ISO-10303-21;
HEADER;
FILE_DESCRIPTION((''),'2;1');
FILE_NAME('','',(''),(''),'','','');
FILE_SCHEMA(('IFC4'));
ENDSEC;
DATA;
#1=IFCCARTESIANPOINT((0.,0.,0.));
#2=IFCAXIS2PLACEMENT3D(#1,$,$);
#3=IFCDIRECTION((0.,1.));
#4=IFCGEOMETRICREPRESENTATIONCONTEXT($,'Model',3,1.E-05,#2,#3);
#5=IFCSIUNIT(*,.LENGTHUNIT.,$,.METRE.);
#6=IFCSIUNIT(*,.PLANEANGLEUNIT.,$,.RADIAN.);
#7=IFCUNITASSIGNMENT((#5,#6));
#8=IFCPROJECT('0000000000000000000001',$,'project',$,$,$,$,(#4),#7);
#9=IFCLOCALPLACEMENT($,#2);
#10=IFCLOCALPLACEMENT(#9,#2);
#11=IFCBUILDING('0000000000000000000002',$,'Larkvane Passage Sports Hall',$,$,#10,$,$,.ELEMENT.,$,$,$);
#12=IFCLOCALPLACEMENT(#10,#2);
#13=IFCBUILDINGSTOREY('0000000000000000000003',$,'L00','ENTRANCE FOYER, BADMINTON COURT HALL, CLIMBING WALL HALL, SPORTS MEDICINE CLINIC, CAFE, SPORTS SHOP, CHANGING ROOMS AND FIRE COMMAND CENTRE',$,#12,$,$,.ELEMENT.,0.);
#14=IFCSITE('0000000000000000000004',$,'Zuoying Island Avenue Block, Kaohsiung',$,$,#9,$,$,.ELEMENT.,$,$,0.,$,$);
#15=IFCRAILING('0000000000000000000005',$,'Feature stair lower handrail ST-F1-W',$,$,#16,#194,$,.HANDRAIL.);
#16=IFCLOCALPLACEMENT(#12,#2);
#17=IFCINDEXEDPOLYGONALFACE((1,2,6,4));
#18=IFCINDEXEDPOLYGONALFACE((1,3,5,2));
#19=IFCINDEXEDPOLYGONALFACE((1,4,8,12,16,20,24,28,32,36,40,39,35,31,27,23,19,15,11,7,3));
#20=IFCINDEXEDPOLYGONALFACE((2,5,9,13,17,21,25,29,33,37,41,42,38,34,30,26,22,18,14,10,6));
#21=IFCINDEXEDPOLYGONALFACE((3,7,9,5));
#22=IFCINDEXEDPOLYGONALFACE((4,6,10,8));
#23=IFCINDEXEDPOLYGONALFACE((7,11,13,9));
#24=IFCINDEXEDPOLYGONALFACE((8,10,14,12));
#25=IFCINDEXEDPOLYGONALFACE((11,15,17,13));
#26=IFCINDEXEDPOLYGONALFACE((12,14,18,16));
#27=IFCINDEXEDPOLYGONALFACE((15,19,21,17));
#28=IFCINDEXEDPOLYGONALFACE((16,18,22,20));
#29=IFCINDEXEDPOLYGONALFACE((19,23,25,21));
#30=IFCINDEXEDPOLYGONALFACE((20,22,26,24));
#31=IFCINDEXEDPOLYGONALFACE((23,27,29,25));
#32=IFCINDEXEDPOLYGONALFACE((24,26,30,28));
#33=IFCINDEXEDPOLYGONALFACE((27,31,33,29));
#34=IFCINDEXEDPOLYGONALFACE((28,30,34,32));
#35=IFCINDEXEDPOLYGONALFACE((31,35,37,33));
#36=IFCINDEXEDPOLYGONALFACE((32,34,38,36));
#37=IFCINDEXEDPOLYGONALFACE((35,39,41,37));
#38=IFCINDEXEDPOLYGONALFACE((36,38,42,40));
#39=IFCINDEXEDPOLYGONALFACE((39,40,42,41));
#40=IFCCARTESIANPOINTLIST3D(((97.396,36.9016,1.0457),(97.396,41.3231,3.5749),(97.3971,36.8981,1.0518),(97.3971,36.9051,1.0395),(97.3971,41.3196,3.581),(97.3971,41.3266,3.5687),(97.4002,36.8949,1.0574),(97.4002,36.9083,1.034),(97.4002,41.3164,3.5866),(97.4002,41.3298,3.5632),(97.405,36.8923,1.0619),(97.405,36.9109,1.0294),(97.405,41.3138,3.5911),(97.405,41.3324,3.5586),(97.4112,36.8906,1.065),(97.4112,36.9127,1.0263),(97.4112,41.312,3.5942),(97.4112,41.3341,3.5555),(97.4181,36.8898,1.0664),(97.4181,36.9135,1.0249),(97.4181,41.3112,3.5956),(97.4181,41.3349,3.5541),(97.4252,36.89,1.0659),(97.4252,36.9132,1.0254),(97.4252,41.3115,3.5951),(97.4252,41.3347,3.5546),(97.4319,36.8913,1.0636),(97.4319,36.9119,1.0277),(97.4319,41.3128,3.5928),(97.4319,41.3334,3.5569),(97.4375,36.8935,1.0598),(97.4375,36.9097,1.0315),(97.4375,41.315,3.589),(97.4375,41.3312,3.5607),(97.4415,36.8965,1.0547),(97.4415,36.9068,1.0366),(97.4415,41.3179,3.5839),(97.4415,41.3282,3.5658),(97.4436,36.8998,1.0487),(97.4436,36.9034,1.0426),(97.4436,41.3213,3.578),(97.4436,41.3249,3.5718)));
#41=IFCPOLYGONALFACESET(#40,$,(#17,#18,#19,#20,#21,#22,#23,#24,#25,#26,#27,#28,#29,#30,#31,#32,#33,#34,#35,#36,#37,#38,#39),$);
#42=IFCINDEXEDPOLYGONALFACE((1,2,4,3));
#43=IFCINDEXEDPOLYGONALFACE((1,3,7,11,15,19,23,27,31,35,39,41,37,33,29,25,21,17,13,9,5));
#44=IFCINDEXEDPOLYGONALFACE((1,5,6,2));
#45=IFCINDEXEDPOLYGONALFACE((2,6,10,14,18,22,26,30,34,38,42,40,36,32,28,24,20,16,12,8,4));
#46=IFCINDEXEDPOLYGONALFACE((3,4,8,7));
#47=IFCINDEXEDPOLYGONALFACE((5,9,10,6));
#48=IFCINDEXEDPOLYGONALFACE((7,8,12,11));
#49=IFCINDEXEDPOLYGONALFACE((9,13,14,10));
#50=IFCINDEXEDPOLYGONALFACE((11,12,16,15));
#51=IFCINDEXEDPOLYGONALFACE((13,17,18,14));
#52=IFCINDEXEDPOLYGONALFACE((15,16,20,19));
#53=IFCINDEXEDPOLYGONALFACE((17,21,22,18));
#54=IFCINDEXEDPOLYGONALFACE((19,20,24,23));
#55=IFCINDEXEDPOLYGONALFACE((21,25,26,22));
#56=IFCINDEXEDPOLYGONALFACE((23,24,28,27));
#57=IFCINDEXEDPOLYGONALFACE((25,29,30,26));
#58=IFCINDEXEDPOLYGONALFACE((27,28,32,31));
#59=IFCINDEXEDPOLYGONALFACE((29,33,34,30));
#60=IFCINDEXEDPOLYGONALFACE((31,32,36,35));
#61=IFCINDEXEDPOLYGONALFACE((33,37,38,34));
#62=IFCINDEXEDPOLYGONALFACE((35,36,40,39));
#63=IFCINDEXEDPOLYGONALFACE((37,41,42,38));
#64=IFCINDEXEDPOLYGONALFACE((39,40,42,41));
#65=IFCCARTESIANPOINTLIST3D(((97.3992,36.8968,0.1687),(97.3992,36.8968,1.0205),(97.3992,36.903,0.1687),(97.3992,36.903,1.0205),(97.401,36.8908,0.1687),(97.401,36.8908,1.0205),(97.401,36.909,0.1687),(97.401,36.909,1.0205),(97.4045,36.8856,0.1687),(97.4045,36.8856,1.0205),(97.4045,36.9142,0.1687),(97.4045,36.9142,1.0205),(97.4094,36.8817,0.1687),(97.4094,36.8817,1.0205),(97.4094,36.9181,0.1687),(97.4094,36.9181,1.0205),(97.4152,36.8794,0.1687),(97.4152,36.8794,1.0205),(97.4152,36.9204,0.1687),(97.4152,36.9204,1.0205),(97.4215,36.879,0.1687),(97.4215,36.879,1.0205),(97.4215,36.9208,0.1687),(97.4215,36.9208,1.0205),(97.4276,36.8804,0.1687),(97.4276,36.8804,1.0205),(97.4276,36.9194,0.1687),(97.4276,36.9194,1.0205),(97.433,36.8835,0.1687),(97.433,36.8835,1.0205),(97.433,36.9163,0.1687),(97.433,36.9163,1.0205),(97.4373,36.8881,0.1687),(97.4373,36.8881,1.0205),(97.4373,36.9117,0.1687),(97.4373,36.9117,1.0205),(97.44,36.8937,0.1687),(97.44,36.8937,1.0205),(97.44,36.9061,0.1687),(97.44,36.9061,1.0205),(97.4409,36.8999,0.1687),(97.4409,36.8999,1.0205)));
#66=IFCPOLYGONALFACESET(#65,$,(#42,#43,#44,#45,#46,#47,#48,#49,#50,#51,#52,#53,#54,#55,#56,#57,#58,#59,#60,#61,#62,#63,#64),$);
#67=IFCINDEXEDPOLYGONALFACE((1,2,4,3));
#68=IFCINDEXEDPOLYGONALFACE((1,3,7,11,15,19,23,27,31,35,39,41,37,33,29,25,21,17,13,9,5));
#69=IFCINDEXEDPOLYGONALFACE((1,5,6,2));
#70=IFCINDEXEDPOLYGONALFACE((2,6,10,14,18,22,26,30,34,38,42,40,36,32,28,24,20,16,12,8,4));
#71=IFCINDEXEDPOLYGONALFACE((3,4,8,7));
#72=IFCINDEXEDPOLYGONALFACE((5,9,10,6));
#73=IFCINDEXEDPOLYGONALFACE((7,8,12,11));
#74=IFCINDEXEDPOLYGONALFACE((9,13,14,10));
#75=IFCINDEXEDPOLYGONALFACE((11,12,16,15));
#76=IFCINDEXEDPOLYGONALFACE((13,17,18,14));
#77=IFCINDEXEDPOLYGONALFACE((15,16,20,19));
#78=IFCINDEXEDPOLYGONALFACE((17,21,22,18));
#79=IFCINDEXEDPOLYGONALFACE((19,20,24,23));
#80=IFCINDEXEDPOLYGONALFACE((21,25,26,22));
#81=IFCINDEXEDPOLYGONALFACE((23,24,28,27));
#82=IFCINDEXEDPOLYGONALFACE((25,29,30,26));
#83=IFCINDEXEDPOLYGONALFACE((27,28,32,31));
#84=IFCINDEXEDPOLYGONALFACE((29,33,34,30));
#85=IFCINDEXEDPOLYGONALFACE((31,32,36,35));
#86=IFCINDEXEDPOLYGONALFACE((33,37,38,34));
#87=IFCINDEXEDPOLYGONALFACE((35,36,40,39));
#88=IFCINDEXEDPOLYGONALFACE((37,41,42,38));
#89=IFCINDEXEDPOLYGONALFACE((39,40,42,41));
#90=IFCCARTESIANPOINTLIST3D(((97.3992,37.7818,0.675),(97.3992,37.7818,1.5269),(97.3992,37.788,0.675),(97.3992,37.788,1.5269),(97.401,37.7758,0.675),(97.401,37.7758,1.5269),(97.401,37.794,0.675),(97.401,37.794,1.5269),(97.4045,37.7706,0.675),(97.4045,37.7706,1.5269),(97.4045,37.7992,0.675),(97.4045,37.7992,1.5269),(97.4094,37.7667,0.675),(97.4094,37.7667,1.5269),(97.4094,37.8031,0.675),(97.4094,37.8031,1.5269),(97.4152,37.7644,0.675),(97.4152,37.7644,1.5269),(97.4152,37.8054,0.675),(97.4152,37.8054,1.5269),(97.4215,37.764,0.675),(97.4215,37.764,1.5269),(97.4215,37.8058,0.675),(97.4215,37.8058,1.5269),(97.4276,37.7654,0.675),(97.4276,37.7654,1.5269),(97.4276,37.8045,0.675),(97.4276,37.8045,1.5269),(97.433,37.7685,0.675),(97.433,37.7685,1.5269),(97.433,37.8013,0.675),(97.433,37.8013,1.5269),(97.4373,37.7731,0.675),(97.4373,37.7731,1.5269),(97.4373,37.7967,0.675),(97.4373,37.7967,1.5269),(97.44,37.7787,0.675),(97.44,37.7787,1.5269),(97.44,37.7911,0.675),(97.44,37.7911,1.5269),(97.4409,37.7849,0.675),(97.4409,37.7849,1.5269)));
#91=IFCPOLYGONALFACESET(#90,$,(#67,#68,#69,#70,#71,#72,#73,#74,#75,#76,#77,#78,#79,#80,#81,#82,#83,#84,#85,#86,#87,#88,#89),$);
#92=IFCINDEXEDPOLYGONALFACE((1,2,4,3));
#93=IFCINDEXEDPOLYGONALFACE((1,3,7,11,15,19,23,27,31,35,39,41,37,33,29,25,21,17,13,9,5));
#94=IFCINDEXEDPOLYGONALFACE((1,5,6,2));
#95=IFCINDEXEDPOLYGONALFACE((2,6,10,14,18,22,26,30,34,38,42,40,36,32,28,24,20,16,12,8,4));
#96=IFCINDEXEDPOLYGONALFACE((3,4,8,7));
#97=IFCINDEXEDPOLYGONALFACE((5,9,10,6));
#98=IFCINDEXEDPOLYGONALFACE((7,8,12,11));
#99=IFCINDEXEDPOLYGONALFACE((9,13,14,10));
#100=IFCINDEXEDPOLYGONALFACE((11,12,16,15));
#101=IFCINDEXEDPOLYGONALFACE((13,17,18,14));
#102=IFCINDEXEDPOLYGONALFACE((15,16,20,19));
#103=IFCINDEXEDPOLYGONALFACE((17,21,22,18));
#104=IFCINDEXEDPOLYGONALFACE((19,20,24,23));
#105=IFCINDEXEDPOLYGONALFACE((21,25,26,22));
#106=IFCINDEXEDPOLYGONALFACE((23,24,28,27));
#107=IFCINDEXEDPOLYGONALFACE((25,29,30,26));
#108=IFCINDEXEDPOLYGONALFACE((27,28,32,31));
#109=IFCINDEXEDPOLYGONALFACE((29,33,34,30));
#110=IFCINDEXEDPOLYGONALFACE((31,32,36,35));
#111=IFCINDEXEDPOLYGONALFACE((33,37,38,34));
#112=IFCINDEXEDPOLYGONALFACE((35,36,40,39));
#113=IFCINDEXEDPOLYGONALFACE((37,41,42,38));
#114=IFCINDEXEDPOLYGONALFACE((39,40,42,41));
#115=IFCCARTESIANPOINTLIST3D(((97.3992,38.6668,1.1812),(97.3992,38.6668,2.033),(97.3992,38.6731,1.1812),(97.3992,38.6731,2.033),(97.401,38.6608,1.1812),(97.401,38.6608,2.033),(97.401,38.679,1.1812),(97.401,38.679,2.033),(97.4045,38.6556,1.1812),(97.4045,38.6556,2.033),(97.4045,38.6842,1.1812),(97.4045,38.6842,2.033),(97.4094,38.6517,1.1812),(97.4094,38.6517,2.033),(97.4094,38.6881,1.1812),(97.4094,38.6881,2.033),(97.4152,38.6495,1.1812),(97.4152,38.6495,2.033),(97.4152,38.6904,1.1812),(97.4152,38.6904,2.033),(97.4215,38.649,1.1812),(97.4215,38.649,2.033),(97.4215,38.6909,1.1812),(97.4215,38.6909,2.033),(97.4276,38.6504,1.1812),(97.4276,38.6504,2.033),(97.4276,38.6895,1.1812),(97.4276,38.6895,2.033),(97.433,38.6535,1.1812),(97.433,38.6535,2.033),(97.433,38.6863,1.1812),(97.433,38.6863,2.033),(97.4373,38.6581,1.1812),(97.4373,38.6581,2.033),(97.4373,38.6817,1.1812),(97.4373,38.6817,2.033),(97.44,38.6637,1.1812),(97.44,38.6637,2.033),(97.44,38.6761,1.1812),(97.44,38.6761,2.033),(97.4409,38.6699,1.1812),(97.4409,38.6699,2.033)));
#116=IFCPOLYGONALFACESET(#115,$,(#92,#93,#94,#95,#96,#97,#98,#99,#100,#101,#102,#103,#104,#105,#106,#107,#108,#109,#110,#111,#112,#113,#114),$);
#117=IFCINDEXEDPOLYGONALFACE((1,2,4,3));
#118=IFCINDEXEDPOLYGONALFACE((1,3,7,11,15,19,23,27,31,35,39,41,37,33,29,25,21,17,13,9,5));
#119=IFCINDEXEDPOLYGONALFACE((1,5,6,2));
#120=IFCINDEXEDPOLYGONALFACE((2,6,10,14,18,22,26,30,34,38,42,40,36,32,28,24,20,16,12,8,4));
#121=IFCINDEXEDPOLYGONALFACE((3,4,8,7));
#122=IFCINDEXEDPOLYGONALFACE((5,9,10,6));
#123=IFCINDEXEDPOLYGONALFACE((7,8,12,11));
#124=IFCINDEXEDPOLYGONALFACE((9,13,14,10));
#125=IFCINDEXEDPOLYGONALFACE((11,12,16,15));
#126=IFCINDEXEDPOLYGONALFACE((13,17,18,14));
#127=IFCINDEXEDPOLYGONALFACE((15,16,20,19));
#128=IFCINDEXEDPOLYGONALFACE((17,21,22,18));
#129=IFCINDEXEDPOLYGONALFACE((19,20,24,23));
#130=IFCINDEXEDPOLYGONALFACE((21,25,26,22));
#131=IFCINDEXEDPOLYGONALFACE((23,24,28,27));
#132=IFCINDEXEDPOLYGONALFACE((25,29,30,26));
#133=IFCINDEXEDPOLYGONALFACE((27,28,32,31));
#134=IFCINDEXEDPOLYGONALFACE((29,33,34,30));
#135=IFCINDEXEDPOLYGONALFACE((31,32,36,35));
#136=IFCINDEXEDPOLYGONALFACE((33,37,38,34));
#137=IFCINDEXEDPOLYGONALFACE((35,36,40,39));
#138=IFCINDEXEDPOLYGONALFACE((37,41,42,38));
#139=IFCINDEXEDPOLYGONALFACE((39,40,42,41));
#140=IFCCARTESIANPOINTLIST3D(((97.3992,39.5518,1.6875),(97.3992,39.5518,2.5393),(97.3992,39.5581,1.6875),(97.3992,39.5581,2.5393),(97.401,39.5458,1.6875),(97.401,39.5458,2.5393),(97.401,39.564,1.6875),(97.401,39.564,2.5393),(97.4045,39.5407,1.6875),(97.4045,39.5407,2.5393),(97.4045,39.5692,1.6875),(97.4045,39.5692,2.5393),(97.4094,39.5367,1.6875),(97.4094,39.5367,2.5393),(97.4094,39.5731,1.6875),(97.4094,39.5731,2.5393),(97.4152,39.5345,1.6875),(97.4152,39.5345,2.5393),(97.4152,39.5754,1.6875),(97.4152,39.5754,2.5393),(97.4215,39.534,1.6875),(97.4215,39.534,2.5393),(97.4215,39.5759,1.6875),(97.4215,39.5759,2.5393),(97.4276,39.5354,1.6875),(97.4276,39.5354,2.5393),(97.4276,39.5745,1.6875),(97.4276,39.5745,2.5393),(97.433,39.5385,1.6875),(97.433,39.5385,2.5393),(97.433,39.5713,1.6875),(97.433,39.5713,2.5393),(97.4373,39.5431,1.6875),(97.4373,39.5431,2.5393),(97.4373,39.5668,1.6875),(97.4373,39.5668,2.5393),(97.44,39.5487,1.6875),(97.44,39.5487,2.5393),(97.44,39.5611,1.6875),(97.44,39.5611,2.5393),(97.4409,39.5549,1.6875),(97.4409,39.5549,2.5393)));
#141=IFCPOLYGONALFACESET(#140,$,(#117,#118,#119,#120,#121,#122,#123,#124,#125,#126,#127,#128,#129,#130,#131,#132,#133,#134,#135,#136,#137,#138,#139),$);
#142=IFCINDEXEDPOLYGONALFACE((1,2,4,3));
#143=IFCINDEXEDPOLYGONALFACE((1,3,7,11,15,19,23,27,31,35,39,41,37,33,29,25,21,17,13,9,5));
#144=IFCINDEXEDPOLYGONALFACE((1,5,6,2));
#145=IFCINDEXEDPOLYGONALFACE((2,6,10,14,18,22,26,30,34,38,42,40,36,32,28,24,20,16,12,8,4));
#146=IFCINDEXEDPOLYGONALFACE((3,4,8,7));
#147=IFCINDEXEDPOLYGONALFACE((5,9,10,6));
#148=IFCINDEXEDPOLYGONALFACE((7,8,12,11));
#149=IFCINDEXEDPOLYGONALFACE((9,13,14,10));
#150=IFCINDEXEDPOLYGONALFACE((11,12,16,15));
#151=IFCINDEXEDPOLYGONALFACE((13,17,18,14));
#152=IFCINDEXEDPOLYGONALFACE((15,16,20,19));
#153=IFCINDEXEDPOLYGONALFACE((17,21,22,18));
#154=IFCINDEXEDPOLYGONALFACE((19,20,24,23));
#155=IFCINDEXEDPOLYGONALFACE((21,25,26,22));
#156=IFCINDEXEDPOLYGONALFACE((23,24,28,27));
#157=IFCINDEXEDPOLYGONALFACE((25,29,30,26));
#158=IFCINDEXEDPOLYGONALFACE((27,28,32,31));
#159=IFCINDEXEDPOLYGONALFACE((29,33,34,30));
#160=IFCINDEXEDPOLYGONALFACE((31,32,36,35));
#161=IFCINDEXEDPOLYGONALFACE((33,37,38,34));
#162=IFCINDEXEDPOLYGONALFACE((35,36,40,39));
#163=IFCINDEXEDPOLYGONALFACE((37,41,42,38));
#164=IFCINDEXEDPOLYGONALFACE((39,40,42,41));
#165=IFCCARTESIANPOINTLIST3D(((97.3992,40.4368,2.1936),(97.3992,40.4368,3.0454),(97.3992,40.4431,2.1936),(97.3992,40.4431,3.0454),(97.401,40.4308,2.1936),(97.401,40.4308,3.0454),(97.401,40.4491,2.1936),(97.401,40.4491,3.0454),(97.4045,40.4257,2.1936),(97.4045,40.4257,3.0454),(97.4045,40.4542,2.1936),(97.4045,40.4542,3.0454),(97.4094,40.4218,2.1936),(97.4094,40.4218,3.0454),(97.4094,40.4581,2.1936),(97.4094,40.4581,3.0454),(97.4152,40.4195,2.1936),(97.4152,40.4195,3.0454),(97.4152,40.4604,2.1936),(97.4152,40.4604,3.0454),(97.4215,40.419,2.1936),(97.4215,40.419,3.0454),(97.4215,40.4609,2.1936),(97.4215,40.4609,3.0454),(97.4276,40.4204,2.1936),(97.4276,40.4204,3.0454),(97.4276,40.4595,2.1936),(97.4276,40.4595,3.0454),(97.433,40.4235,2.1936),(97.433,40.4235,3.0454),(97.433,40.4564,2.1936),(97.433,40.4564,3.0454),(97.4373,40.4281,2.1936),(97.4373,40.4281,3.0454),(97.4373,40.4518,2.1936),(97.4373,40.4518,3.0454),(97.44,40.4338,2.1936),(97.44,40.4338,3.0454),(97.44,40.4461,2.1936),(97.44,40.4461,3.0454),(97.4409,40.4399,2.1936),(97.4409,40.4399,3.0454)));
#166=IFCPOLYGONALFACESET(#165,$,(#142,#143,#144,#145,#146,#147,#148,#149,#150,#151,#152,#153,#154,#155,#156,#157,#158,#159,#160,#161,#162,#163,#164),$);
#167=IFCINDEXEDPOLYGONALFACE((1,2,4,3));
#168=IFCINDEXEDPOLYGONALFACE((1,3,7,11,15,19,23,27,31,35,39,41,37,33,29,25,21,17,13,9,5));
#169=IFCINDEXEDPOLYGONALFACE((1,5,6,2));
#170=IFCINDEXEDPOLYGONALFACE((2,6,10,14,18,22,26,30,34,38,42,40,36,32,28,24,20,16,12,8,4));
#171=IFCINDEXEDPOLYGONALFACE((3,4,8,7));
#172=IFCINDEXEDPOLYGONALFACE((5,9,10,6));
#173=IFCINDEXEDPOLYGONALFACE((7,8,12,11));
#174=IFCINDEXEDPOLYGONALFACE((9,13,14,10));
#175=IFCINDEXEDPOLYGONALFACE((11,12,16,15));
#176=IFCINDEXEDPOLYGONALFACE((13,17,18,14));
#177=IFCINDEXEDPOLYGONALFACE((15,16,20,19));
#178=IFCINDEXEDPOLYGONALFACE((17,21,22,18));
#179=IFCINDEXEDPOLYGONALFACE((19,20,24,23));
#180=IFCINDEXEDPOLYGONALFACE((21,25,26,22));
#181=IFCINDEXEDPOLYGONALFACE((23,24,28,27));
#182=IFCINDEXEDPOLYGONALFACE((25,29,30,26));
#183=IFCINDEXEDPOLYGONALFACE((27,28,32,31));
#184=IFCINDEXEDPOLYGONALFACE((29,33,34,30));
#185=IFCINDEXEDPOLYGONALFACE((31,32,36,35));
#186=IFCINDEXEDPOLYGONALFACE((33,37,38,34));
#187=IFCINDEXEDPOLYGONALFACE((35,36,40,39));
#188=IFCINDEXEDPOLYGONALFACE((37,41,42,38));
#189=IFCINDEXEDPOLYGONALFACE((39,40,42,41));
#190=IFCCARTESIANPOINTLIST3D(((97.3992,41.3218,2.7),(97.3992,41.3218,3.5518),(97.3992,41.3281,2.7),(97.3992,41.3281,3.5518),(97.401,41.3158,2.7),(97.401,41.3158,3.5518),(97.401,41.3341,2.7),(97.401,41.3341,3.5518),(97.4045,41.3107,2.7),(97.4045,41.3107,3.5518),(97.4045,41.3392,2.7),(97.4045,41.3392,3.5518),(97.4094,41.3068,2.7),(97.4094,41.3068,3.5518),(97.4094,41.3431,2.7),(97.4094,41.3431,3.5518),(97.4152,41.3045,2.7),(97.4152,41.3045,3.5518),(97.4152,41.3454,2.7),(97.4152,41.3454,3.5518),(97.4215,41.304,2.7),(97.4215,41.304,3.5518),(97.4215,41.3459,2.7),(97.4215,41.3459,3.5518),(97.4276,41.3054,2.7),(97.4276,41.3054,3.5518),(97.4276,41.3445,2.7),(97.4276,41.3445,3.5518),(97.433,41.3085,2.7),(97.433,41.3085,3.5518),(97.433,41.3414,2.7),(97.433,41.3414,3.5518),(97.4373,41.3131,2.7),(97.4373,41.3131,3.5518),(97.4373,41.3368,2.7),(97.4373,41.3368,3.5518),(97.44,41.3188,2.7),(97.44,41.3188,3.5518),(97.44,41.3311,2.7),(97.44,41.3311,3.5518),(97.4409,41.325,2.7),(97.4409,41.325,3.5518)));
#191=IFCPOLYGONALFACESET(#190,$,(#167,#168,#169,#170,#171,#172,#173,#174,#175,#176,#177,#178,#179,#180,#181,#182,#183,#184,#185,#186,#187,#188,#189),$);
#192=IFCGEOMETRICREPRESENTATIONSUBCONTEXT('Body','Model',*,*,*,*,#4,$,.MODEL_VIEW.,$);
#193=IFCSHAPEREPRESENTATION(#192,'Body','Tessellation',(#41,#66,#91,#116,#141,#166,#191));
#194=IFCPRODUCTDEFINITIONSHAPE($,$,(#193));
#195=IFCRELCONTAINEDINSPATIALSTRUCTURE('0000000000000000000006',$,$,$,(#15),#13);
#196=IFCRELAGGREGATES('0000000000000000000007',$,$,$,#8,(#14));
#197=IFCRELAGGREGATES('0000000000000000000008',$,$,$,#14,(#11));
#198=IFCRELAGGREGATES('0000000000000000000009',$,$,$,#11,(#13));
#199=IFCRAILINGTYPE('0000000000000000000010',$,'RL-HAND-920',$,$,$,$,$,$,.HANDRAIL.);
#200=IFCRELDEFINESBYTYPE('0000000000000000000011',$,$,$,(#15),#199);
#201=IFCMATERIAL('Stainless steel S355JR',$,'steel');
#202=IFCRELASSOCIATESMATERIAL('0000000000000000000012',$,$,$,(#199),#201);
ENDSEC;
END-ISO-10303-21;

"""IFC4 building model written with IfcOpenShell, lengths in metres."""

from ifc_helpers import new_model, si_unit, direction, frame, origin, origin_2d, place, context, subcontext, project, spatial, circle, extrude, material, type_object, element, save


model = new_model("IFC4")

# Units and contexts
model_context = context("Model", 3, precision=1e-05, world=origin(), true_north=direction((0.0, 1.0)))
body_context = subcontext(model_context, "Body", "Model", "MODEL_VIEW")
ifc_project = project(units=[si_unit("LENGTHUNIT", "METRE"), si_unit("PLANEANGLEUNIT", "RADIAN")], contexts=[model_context])

# Site, building, storey
site_placement = place(None, origin())
site = spatial("IfcSite", under=ifc_project, at=site_placement, Name="Zuoying Island Avenue Block, Kaohsiung", CompositionType="ELEMENT", RefElevation=0.0)
building_placement = place(site_placement, origin())
building = spatial("IfcBuilding", under=site, at=building_placement, Name="Larkvane Passage Sports Hall", CompositionType="ELEMENT")
storey_placement = place(building_placement, origin())
storey = spatial("IfcBuildingStorey", under=building, at=storey_placement, Name="L00", Description="ENTRANCE FOYER, BADMINTON COURT HALL, CLIMBING WALL HALL, SPORTS MEDICINE CLINIC, CAFE, SPORTS SHOP, CHANGING ROOMS AND FIRE COMMAND CENTRE", CompositionType="ELEMENT", Elevation=0.0)

# Railing
ifc_material_1 = material(Name="Stainless steel S355JR", Category="steel")
railing_type_1 = type_object("IfcRailingType", Name="RL-HAND-920", PredefinedType="HANDRAIL", material=ifc_material_1)
for number, where, name in (
    (1, (97.4199, 36.8999, 0.1687), "Feature stair lower handrail ST-F1-W"),
):
    element("IfcRailing", number, at=place(storey_placement, frame(where)), inside=storey, type_object=railing_type_1, Name=name, PredefinedType="HANDRAIL", context=body_context, shape_type="SweptSolid", body=[
        extrude(circle(Radius=0.0239, at=origin_2d()), frame((0.0, 0.0017, 0.877), z_axis=(0.0, 0.868019, 0.496531), x_axis=(-1.0, 0.0, 0.0)), (0.0, 0.0, 1.0), 5.0938),
        extrude(circle(Radius=0.021, at=origin_2d()), origin(), (0.0, 0.0, 1.0), 0.8518),
        extrude(circle(Radius=0.021, at=origin_2d()), frame((0.0, 0.885, 0.5063)), (0.0, 0.0, 1.0), 0.8518),
        extrude(circle(Radius=0.021, at=origin_2d()), frame((0.0, 1.77, 1.0125)), (0.0, 0.0, 1.0), 0.8518),
        extrude(circle(Radius=0.021, at=origin_2d()), frame((0.0, 2.655, 1.5188)), (0.0, 0.0, 1.0), 0.8518),
        extrude(circle(Radius=0.021, at=origin_2d()), frame((0.0, 3.54, 2.0249)), (0.0, 0.0, 1.0), 0.8518),
        extrude(circle(Radius=0.021, at=origin_2d()), frame((0.0, 4.425, 2.5312)), (0.0, 0.0, 1.0), 0.8518),
    ])

save(model, "model.ifc")
